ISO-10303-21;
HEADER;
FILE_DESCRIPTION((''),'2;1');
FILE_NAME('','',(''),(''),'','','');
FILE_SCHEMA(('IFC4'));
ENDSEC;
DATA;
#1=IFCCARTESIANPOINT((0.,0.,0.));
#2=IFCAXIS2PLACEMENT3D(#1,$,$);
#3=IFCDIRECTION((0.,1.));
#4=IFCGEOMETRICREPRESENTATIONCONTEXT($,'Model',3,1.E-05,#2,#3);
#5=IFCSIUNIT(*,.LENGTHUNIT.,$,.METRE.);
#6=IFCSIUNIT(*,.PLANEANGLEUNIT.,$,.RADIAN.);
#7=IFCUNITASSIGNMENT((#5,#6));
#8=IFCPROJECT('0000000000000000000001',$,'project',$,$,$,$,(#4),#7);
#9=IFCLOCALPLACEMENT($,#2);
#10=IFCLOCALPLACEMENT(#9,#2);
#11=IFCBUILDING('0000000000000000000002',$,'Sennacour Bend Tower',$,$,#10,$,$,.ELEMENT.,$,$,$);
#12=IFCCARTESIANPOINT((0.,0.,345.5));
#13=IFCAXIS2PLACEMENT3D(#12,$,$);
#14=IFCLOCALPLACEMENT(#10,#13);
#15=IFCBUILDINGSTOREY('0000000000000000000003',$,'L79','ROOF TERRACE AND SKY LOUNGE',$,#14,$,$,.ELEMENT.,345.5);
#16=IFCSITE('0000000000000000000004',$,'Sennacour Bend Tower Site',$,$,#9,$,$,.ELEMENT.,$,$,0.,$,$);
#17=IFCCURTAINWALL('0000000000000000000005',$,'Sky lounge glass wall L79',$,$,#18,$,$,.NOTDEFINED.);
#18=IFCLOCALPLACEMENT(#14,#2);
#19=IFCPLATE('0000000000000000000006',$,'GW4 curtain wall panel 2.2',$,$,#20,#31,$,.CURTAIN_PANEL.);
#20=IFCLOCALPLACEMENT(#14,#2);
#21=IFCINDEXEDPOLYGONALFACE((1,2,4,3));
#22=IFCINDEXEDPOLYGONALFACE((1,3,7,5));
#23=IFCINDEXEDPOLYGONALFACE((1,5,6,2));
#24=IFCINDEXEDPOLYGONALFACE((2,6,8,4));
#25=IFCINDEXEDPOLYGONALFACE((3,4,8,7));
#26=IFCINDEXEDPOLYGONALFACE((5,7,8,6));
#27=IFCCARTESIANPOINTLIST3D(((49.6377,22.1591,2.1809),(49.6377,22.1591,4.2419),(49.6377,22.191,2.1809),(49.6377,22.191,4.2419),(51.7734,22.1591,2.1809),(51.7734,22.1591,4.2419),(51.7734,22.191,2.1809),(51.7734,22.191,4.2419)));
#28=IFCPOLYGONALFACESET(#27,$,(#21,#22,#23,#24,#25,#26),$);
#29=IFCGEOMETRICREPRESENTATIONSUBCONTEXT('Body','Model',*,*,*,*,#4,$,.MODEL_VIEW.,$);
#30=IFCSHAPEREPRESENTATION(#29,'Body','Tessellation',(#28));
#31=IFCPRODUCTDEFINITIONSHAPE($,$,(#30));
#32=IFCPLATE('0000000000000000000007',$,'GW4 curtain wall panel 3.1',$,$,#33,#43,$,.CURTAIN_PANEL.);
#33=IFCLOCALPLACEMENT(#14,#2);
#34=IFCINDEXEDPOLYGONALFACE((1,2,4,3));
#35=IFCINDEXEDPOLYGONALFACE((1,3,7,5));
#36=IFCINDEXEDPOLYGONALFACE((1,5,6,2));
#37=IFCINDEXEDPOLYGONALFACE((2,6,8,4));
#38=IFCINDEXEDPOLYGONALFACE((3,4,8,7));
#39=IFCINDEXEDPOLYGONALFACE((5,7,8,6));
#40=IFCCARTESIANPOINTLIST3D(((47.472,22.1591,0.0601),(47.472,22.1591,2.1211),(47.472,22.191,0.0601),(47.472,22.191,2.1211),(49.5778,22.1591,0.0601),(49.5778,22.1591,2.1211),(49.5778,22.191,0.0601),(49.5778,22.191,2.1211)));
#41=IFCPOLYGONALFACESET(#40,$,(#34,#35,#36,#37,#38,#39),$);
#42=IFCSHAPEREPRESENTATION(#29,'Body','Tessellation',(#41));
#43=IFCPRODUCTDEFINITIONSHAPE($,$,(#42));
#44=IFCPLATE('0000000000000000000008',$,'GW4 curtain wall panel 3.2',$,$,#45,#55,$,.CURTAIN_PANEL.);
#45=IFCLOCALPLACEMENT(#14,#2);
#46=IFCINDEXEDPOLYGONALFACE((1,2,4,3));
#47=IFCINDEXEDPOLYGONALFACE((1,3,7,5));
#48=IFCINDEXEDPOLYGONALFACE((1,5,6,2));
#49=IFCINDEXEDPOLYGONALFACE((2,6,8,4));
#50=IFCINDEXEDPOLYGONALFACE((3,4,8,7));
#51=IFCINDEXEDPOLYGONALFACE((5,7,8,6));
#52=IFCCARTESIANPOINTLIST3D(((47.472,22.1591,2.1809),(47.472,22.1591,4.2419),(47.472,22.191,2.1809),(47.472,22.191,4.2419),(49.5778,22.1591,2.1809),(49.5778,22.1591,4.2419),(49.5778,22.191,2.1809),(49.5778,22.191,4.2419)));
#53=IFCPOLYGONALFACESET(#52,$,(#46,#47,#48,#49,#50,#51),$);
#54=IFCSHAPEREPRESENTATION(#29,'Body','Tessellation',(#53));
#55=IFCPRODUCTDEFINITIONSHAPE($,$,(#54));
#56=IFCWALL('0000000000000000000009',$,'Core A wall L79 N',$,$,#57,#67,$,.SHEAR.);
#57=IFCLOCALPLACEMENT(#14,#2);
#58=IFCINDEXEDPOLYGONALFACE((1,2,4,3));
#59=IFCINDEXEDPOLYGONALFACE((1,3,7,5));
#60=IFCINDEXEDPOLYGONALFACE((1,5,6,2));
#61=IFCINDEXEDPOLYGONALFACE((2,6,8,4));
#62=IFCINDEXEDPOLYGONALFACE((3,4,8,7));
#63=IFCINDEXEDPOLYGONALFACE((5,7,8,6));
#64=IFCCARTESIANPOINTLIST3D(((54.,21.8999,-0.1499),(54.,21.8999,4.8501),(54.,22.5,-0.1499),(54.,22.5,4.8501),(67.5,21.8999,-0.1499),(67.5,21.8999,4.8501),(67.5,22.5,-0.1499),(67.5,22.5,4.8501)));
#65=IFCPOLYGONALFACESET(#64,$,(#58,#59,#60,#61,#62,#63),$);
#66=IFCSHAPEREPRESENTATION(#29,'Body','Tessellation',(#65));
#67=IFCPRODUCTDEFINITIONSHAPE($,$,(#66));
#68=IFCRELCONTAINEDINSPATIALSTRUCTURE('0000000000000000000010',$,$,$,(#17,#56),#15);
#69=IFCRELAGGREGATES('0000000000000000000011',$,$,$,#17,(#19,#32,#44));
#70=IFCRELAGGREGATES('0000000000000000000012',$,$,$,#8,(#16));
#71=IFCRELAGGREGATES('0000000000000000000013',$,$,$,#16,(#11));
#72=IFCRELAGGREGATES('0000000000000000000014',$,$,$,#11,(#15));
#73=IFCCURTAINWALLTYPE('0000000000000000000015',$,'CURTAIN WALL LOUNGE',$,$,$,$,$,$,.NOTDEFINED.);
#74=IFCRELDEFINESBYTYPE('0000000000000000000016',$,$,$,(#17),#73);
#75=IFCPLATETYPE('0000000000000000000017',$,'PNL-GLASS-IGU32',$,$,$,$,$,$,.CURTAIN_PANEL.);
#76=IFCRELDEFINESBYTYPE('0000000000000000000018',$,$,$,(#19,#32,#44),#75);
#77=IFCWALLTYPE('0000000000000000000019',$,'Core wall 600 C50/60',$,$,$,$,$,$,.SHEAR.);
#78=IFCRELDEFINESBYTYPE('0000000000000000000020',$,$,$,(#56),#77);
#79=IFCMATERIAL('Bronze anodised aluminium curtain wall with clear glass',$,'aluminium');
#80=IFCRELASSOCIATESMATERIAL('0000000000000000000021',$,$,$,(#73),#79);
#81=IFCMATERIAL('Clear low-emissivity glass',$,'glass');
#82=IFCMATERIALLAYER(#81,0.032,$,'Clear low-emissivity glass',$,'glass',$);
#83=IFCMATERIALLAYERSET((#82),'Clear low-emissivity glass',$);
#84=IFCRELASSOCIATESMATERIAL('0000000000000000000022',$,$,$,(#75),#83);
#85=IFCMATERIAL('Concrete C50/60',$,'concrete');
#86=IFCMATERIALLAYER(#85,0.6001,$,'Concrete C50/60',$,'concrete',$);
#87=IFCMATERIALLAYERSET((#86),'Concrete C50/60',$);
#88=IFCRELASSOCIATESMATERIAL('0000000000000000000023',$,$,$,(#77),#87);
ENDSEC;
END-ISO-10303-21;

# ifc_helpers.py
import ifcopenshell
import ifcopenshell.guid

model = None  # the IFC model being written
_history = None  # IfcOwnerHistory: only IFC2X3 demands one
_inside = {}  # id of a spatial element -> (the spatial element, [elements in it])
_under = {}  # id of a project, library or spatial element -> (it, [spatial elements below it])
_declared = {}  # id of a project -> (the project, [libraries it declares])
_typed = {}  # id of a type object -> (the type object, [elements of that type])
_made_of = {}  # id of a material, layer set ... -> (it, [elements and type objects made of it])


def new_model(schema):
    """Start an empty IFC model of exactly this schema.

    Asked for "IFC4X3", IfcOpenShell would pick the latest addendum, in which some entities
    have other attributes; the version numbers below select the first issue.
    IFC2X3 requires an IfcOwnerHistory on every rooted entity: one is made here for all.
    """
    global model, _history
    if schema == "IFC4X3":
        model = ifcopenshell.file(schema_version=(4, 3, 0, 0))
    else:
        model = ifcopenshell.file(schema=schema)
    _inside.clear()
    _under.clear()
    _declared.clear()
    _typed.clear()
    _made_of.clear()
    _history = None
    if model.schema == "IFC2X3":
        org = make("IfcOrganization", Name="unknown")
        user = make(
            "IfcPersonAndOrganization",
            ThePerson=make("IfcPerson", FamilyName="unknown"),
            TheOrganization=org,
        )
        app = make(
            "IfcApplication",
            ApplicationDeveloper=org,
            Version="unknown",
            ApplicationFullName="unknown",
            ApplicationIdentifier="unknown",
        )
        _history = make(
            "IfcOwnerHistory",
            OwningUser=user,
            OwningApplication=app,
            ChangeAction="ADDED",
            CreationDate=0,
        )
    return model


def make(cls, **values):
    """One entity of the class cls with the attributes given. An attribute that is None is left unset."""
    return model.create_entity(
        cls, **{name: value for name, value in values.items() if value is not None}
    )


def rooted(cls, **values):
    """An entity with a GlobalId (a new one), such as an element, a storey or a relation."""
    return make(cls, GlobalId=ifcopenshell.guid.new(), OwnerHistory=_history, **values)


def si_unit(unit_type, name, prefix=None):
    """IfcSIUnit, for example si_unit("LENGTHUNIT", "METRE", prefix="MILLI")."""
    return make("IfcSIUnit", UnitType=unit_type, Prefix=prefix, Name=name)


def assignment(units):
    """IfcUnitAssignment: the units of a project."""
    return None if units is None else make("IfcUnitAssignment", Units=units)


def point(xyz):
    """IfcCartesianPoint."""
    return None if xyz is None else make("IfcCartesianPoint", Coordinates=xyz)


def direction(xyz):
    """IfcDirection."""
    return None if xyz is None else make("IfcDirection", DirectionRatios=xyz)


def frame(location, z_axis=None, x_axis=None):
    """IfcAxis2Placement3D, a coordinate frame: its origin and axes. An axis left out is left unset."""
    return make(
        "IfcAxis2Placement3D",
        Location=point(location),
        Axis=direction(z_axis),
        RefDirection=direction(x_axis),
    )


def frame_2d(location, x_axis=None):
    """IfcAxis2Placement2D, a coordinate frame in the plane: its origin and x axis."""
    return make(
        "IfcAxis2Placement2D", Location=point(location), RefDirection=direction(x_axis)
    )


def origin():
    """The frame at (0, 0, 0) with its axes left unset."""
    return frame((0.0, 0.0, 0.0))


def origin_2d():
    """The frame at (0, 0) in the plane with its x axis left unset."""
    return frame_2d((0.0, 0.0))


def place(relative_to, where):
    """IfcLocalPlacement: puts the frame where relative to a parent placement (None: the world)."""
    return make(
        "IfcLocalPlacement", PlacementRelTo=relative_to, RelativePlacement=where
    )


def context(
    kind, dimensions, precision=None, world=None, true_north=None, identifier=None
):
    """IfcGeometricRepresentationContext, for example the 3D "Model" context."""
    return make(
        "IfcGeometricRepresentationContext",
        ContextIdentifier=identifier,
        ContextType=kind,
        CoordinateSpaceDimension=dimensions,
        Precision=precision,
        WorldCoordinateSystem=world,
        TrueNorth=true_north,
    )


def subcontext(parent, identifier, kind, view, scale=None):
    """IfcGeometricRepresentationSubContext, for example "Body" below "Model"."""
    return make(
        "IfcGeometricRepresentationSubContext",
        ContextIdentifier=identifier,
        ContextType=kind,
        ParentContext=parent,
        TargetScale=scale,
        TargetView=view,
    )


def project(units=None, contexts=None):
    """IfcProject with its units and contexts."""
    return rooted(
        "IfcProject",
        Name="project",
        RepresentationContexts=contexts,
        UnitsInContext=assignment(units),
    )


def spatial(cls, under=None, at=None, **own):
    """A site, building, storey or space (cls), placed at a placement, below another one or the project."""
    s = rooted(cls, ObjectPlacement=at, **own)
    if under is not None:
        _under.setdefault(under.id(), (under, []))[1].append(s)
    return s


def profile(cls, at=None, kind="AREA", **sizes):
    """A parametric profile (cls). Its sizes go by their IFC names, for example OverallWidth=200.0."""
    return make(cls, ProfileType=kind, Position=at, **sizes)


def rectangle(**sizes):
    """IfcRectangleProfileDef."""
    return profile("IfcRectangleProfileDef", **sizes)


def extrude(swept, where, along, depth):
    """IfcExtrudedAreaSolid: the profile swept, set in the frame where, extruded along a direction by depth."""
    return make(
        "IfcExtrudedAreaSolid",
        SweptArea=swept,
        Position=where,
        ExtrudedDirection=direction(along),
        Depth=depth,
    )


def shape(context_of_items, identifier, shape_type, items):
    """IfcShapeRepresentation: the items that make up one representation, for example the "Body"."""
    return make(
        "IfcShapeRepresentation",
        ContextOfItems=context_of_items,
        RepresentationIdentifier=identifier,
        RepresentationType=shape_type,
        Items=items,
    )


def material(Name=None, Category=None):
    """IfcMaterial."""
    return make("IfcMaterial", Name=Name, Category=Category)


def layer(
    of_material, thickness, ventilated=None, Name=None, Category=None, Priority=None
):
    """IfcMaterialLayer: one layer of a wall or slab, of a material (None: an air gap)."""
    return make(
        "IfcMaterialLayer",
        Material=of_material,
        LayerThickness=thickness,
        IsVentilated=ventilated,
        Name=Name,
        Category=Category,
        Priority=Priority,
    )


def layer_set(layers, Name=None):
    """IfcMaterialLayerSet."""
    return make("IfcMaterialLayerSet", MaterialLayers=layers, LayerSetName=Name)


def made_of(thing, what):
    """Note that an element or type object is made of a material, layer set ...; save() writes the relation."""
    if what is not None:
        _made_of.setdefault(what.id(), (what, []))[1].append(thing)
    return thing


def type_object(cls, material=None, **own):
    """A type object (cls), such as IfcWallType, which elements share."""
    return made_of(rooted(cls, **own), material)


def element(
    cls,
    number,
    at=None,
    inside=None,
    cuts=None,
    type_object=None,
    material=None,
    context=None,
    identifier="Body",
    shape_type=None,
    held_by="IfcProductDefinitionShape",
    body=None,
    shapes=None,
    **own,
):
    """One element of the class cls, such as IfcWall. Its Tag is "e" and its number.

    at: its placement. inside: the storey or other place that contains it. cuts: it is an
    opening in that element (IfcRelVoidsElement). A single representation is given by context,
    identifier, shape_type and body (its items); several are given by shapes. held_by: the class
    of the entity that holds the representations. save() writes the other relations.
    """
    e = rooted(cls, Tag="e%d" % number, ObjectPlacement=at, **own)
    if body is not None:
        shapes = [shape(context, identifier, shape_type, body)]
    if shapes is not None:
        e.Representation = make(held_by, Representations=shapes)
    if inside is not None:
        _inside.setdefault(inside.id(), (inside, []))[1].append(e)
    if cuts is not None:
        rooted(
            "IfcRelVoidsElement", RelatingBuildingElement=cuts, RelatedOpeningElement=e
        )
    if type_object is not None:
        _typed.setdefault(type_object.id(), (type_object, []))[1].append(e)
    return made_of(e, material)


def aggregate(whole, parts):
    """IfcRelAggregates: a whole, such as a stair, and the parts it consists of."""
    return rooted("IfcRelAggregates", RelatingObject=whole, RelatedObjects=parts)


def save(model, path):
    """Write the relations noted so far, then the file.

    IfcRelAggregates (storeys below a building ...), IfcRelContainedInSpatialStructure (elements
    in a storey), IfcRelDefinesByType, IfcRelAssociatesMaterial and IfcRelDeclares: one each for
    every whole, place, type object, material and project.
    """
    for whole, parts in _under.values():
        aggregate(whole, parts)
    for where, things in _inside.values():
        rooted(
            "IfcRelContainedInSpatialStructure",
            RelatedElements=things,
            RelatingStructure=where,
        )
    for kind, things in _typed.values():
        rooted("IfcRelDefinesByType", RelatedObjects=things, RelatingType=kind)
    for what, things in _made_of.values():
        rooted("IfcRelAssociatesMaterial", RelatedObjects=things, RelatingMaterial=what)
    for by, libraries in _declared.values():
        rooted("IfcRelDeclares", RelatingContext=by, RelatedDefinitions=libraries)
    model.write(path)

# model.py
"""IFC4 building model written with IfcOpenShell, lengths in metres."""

from ifc_helpers import new_model, si_unit, direction, frame, frame_2d, origin, origin_2d, place, context, subcontext, project, spatial, rectangle, extrude, material, layer, layer_set, type_object, element, aggregate, save


model = new_model("IFC4")

# Units and contexts
model_context = context("Model", 3, precision=1e-05, world=origin(), true_north=direction((0.0, 1.0)))
body_context = subcontext(model_context, "Body", "Model", "MODEL_VIEW")
ifc_project = project(units=[si_unit("LENGTHUNIT", "METRE"), si_unit("PLANEANGLEUNIT", "RADIAN")], contexts=[model_context])

# Site, building, storey
site_placement = place(None, origin())
site = spatial("IfcSite", under=ifc_project, at=site_placement, Name="Sennacour Bend Tower Site", CompositionType="ELEMENT", RefElevation=0.0)
building_placement = place(site_placement, origin())
building = spatial("IfcBuilding", under=site, at=building_placement, Name="Sennacour Bend Tower", CompositionType="ELEMENT")
storey_placement = place(building_placement, frame((0.0, 0.0, 345.5)))
storey = spatial("IfcBuildingStorey", under=building, at=storey_placement, Name="L79", Description="ROOF TERRACE AND SKY LOUNGE", CompositionType="ELEMENT", Elevation=345.5)

# Curtain wall
ifc_material_1 = material(Name="Bronze anodised aluminium curtain wall with clear glass", Category="aluminium")
curtain_wall_type = type_object("IfcCurtainWallType", Name="CURTAIN WALL LOUNGE", PredefinedType="NOTDEFINED", material=ifc_material_1)
curtain_wall_1_placement = place(storey_placement, origin())
curtain_wall_1 = element("IfcCurtainWall", 1, at=curtain_wall_1_placement, inside=storey, type_object=curtain_wall_type, Name="Sky lounge glass wall L79", PredefinedType="NOTDEFINED")

# Plates
ifc_material_2 = material(Name="Clear low-emissivity glass", Category="glass")
ifc_layer_1 = layer(ifc_material_2, 0.032, Name="Clear low-emissivity glass", Category="glass")
ifc_layer_set_1 = layer_set([ifc_layer_1], Name="Clear low-emissivity glass")
plate_type_1 = type_object("IfcPlateType", Name="PNL-GLASS-IGU32", PredefinedType="CURTAIN_PANEL", material=ifc_layer_set_1)
plate_1_placement = place(storey_placement, frame((50.7056, 22.175, 2.1809), z_axis=(0.0, 0.0, 1.0), x_axis=(-1.0, 0.0, 0.0)))
plate_1 = element("IfcPlate", 2, at=plate_1_placement, type_object=plate_type_1, Name="GW4 curtain wall panel 2.2", PredefinedType="CURTAIN_PANEL", context=body_context, shape_type="SweptSolid", body=[
    extrude(rectangle(XDim=2.1357, YDim=0.032, at=origin_2d()), origin(), (0.0, 0.0, 1.0), 2.061),
])
plate_2_placement = place(storey_placement, frame((48.5249, 22.175, 0.0601), z_axis=(0.0, 0.0, 1.0), x_axis=(-1.0, 0.0, 0.0)))
plate_2 = element("IfcPlate", 3, at=plate_2_placement, type_object=plate_type_1, Name="GW4 curtain wall panel 3.1", PredefinedType="CURTAIN_PANEL", context=body_context, shape_type="SweptSolid", body=[
    extrude(rectangle(XDim=2.1057, YDim=0.032, at=origin_2d()), origin(), (0.0, 0.0, 1.0), 2.061),
])
plate_3_placement = place(storey_placement, frame((48.5249, 22.175, 2.1809), z_axis=(0.0, 0.0, 1.0), x_axis=(-1.0, 0.0, 0.0)))
plate_3 = element("IfcPlate", 4, at=plate_3_placement, type_object=plate_type_1, Name="GW4 curtain wall panel 3.2", PredefinedType="CURTAIN_PANEL", context=body_context, shape_type="SweptSolid", body=[
    extrude(rectangle(XDim=2.1057, YDim=0.032, at=origin_2d()), origin(), (0.0, 0.0, 1.0), 2.061),
])
aggregate(curtain_wall_1, [plate_1, plate_2, plate_3])

# Wall
ifc_material_3 = material(Name="Concrete C50/60", Category="concrete")
ifc_layer_2 = layer(ifc_material_3, 0.6001, Name="Concrete C50/60", Category="concrete")
ifc_layer_set_2 = layer_set([ifc_layer_2], Name="Concrete C50/60")
wall_type = type_object("IfcWallType", Name="Core wall 600 C50/60", PredefinedType="SHEAR", material=ifc_layer_set_2)
wall_placement = place(storey_placement, frame((54.0, 22.2, -0.1499), z_axis=(0.0, 0.0, 1.0), x_axis=(1.0, 0.0, 0.0)))
element("IfcWall", 5, at=wall_placement, inside=storey, type_object=wall_type, Name="Core A wall L79 N", PredefinedType="SHEAR", context=body_context, shape_type="SweptSolid", body=[
    extrude(rectangle(XDim=13.5, YDim=0.6001, at=frame_2d((6.75, 0.0))), origin(), (0.0, 0.0, 1.0), 5.0),
])

save(model, "model.ifc")
